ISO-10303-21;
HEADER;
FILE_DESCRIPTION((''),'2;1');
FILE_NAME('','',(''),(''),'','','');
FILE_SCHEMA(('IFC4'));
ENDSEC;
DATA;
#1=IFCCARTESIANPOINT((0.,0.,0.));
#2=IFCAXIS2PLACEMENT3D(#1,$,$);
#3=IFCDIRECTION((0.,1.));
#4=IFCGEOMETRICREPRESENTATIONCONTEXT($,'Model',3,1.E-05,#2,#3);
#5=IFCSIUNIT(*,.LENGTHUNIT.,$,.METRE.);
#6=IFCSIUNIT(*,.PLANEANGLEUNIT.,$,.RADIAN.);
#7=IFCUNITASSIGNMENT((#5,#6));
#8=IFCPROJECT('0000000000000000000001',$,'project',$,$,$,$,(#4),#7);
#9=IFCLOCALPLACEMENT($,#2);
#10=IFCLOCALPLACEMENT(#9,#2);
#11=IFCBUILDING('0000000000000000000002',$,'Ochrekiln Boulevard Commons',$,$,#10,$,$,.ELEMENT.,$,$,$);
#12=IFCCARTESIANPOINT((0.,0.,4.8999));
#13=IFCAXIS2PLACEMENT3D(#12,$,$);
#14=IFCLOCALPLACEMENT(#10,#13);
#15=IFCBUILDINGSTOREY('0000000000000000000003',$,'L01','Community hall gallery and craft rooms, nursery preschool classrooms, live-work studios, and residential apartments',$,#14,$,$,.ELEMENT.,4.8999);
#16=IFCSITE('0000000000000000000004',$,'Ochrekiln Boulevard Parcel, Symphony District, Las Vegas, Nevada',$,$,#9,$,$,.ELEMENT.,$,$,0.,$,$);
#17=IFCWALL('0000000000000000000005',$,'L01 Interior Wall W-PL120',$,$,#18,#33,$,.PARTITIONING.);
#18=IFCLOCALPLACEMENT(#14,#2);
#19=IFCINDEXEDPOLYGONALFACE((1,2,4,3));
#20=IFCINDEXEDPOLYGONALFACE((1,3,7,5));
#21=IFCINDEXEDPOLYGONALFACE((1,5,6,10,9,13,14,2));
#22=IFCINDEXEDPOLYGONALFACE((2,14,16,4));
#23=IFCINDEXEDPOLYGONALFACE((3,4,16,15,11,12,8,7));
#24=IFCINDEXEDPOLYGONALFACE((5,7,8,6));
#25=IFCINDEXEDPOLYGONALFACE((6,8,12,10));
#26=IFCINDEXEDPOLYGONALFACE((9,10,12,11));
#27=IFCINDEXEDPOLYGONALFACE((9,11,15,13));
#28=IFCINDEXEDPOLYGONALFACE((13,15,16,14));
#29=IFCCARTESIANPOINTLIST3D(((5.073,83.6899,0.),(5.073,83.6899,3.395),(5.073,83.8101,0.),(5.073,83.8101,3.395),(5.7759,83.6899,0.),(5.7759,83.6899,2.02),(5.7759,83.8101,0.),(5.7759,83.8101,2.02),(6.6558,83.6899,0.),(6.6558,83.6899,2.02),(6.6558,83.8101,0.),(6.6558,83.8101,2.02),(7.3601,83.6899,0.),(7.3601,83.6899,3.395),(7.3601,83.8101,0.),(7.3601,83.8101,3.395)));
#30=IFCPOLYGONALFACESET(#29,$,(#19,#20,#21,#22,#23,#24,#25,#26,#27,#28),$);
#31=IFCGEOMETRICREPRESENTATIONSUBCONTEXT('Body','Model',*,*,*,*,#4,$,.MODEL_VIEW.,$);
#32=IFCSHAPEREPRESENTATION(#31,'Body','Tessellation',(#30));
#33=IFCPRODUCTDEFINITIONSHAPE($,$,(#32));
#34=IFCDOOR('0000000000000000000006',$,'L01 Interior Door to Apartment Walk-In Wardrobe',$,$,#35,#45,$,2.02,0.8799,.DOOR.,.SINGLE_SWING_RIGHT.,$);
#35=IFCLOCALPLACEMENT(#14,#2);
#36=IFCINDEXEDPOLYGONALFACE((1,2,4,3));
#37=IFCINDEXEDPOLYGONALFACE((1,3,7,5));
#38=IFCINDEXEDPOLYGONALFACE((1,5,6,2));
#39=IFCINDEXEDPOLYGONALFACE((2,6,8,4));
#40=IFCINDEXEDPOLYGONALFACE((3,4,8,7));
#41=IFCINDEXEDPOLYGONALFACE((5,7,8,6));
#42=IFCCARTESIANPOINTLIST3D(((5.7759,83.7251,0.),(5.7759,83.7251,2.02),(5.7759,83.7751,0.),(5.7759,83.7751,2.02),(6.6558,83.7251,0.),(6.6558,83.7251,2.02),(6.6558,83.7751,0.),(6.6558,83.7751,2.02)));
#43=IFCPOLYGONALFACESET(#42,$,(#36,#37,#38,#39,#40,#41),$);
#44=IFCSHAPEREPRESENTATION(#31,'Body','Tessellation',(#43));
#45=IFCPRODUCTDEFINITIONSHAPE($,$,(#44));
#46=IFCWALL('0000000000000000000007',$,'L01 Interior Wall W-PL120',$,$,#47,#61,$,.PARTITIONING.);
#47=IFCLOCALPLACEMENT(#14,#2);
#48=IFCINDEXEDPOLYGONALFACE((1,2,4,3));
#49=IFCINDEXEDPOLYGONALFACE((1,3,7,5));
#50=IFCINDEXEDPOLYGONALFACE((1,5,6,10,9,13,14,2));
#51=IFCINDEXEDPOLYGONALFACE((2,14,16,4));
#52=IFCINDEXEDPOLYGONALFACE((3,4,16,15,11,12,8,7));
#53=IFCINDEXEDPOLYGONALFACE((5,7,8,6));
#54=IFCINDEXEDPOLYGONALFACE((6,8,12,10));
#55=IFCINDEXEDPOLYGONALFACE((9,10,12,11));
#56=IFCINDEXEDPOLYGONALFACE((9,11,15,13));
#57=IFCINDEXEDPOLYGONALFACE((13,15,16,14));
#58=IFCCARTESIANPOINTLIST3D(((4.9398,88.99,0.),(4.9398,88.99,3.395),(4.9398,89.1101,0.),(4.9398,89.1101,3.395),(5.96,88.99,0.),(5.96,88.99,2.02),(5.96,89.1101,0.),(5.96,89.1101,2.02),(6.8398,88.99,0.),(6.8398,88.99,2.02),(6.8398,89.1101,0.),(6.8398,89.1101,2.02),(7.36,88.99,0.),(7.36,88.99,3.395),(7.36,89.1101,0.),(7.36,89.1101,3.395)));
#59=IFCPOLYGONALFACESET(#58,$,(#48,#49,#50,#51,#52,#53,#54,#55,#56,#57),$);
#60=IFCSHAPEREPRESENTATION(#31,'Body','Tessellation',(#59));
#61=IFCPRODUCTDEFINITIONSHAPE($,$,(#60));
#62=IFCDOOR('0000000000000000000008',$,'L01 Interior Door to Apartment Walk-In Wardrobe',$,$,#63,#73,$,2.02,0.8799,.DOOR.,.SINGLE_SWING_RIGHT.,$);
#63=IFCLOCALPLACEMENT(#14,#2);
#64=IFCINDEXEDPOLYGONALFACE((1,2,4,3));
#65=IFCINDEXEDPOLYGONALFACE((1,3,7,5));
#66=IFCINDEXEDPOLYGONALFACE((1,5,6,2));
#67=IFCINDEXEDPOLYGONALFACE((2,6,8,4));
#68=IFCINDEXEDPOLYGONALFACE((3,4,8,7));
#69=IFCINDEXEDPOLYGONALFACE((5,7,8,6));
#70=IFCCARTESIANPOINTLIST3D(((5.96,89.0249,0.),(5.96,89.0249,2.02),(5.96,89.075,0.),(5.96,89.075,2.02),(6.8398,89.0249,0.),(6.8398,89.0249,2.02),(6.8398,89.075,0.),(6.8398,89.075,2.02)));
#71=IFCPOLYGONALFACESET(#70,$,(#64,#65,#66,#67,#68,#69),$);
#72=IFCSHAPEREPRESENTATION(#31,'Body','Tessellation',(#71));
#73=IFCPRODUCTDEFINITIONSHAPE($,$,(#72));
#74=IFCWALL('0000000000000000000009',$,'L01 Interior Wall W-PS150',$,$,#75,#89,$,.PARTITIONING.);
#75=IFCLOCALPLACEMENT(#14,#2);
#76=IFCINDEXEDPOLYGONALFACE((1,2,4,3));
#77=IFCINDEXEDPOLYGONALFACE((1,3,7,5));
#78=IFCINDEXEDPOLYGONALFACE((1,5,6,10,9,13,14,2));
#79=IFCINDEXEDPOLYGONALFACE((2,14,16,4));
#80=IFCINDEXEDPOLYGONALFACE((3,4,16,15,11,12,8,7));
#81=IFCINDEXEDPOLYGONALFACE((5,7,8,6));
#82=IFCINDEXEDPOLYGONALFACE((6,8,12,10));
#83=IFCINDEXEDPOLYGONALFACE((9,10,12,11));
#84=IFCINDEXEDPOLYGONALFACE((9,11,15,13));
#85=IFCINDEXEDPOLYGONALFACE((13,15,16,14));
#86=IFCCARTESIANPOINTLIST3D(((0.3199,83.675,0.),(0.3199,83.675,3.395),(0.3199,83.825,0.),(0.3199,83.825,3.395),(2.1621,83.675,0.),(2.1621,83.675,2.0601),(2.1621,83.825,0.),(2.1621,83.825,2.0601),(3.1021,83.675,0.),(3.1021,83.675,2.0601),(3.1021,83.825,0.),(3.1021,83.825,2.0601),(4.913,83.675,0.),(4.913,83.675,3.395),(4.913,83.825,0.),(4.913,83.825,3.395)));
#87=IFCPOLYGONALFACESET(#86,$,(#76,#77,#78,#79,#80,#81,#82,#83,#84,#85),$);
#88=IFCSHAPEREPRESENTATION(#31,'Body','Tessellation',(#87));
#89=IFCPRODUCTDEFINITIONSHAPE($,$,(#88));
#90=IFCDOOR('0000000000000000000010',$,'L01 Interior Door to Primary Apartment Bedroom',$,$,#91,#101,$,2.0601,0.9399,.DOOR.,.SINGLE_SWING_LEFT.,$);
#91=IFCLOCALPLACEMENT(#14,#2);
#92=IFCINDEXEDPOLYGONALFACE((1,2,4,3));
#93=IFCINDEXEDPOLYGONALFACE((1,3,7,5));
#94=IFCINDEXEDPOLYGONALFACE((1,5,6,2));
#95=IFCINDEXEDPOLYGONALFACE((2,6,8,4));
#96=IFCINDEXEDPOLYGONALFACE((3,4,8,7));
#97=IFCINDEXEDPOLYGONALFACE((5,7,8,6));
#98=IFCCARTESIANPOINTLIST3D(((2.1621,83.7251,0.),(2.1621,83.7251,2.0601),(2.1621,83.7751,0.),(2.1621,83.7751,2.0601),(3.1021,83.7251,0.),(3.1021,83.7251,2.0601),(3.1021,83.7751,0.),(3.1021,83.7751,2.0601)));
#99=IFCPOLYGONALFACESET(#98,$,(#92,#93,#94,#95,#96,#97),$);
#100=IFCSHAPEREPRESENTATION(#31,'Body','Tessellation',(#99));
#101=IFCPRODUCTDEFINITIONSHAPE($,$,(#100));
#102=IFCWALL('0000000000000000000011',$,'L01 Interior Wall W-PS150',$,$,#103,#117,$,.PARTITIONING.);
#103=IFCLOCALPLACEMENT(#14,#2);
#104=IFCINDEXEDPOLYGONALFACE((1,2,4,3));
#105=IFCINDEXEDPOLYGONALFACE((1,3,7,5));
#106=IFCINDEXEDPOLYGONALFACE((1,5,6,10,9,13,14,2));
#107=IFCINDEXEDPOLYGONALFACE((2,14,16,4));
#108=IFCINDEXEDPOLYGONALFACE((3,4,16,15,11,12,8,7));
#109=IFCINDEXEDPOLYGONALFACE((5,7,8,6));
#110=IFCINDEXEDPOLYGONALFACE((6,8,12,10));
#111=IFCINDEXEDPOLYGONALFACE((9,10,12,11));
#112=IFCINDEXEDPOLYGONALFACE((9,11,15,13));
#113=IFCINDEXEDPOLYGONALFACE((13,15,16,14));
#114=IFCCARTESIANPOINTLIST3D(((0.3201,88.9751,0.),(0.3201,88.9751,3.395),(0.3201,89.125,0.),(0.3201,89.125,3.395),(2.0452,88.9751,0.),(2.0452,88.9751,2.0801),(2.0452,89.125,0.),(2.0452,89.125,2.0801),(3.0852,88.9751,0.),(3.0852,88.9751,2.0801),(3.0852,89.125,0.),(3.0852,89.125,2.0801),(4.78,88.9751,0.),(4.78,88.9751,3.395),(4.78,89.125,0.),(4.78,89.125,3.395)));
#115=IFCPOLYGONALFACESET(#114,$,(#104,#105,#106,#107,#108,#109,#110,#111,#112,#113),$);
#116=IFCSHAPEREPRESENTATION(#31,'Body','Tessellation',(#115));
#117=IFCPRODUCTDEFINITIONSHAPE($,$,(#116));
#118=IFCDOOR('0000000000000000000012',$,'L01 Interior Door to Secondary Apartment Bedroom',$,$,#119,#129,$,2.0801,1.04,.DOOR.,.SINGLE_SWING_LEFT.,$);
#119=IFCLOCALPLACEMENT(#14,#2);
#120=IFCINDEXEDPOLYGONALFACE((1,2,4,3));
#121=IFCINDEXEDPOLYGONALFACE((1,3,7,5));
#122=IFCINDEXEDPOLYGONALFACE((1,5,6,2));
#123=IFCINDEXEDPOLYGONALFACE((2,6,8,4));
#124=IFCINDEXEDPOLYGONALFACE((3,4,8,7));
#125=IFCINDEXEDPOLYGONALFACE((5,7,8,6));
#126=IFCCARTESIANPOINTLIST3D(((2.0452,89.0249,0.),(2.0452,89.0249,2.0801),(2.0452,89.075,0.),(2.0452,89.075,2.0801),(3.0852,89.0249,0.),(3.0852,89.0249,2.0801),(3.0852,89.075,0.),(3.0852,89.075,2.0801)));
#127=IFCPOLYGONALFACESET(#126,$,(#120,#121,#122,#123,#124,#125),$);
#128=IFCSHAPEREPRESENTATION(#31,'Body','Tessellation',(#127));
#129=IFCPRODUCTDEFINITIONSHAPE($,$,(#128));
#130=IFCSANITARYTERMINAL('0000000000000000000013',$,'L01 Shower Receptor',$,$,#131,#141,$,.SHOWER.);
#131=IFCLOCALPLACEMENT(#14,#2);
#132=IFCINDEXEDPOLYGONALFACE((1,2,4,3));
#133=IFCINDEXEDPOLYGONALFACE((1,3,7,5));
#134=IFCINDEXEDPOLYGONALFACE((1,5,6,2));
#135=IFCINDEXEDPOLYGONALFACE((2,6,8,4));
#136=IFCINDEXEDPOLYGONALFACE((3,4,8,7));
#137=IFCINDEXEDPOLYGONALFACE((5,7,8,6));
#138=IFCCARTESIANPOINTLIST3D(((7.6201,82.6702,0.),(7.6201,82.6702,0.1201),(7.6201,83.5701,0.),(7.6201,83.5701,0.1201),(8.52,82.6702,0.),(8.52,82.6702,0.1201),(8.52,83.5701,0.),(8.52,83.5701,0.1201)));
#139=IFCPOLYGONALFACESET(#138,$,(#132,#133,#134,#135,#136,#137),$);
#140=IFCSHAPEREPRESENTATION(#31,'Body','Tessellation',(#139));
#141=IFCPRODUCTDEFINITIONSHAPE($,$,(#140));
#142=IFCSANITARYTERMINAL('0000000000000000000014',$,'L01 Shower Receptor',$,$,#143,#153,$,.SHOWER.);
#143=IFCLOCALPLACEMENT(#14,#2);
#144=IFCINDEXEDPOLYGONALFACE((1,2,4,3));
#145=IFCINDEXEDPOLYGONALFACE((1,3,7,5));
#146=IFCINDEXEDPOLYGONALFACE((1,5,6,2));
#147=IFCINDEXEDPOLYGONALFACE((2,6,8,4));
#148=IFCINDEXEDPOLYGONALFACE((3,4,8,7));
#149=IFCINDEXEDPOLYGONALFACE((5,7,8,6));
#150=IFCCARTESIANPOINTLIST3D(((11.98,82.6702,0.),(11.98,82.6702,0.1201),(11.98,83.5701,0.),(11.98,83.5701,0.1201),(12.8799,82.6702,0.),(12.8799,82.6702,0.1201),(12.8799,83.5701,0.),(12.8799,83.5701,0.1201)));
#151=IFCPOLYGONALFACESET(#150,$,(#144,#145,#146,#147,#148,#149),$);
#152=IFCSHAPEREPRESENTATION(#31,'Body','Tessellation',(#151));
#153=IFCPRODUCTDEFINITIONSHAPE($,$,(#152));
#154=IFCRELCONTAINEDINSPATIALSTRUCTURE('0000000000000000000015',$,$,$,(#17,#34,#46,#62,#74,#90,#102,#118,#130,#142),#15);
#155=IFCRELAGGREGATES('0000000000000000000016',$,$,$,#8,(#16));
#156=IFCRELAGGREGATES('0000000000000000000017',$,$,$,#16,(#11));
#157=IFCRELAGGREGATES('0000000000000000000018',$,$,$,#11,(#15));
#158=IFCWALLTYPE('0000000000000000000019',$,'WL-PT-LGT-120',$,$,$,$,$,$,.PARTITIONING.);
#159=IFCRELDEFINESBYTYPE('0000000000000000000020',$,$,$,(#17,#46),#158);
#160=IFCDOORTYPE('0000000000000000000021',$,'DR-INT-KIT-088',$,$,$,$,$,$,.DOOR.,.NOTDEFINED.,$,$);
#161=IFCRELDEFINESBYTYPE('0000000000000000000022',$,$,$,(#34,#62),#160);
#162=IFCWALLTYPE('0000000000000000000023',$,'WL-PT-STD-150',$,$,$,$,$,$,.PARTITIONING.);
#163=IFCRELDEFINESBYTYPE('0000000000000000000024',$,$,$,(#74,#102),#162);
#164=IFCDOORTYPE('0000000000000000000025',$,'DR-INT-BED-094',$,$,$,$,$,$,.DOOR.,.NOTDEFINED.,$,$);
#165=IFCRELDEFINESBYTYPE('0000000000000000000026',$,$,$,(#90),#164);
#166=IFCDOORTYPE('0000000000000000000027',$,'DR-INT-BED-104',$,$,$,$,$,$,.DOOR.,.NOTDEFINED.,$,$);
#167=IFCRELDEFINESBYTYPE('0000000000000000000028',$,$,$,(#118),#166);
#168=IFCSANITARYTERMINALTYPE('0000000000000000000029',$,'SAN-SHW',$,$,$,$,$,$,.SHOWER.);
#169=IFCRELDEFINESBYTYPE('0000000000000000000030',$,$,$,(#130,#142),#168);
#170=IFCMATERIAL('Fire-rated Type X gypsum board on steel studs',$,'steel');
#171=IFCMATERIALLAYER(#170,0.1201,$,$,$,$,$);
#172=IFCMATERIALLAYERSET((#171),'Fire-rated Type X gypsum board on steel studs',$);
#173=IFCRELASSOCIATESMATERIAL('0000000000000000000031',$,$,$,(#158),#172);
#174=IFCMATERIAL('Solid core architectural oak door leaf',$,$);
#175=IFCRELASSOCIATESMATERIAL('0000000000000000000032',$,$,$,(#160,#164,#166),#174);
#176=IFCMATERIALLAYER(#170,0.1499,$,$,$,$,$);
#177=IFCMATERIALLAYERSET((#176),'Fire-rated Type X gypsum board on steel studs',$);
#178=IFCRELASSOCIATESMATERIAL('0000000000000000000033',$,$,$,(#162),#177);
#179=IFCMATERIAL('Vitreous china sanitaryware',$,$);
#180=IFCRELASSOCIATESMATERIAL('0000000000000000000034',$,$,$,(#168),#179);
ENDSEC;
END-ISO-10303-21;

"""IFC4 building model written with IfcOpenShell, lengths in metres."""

from ifc_helpers import new_model, si_unit, direction, frame, frame_2d, origin, origin_2d, place, context, subcontext, project, spatial, rectangle, extrude, material, layer, layer_set, type_object, element, fill, save


model = new_model("IFC4")

# Units and contexts
model_context = context("Model", 3, precision=1e-05, world=origin(), true_north=direction((0.0, 1.0)))
body_context = subcontext(model_context, "Body", "Model", "MODEL_VIEW")
ifc_project = project(units=[si_unit("LENGTHUNIT", "METRE"), si_unit("PLANEANGLEUNIT", "RADIAN")], contexts=[model_context])

# Site, building, storey
site_placement = place(None, origin())
site = spatial("IfcSite", under=ifc_project, at=site_placement, Name="Ochrekiln Boulevard Parcel, Symphony District, Las Vegas, Nevada", CompositionType="ELEMENT", RefElevation=0.0)
building_placement = place(site_placement, origin())
building = spatial("IfcBuilding", under=site, at=building_placement, Name="Ochrekiln Boulevard Commons", CompositionType="ELEMENT")
storey_placement = place(building_placement, frame((0.0, 0.0, 4.8999)))
storey = spatial("IfcBuildingStorey", under=building, at=storey_placement, Name="L01", Description="Community hall gallery and craft rooms, nursery preschool classrooms, live-work studios, and residential apartments", CompositionType="ELEMENT", Elevation=4.8999)

# Walls, openings, doors
ifc_material_1 = material(Name="Solid core architectural oak door leaf")
ifc_material_2 = material(Name="Fire-rated Type X gypsum board on steel studs", Category="steel")
ifc_layer_1 = layer(ifc_material_2, 0.1201)
ifc_layer_set_1 = layer_set([ifc_layer_1], Name="Fire-rated Type X gypsum board on steel studs")
wall_type_1 = type_object("IfcWallType", Name="WL-PT-LGT-120", PredefinedType="PARTITIONING", material=ifc_layer_set_1)
wall_1_placement = place(storey_placement, frame((5.073, 83.75, 0.0), z_axis=(0.0, 0.0, 1.0), x_axis=(1.0, 0.0, 0.0)))
wall_1 = element("IfcWall", 1, at=wall_1_placement, inside=storey, type_object=wall_type_1, Name="L01 Interior Wall W-PL120", PredefinedType="PARTITIONING", context=body_context, shape_type="SweptSolid", body=[
    extrude(rectangle(XDim=2.2871, YDim=0.1201, at=frame_2d((1.1436, 0.0))), origin(), (0.0, 0.0, 1.0), 3.395),
])
opening_1_placement = place(wall_1_placement, frame((0.7029, 0.0, 0.0)))
opening_1 = element("IfcOpeningElement", 2, at=opening_1_placement, cuts=wall_1, PredefinedType="OPENING", context=body_context, shape_type="SweptSolid", body=[
    extrude(rectangle(XDim=0.8799, YDim=2.02, at=frame_2d((0.4399, 1.01))), frame((0.0, 0.0701, 0.0), z_axis=(0.0, -1.0, 0.0), x_axis=(1.0, 0.0, 0.0)), (0.0, 0.0, 1.0), 0.1401),
])
door_type_1 = type_object("IfcDoorType", Name="DR-INT-KIT-088", OperationType="NOTDEFINED", PredefinedType="DOOR", material=ifc_material_1)
door_1_placement = place(opening_1_placement, frame((0.8799, 0.0, 0.0), z_axis=(0.0, 0.0, 1.0), x_axis=(-1.0, 0.0, 0.0)))
door_1 = element("IfcDoor", 3, at=door_1_placement, inside=storey, type_object=door_type_1, Name="L01 Interior Door to Apartment Walk-In Wardrobe", OperationType="SINGLE_SWING_RIGHT", OverallHeight=2.02, OverallWidth=0.8799, PredefinedType="DOOR", context=body_context, shape_type="SweptSolid", body=[
    extrude(rectangle(XDim=0.8799, YDim=2.02, at=frame_2d((0.4399, 1.01))), frame((0.0, 0.0249, 0.0), z_axis=(0.0, -1.0, 0.0), x_axis=(1.0, 0.0, 0.0)), (0.0, 0.0, 1.0), 0.05),
])
fill(opening_1, door_1)
wall_2_placement = place(storey_placement, frame((4.9399, 89.05, 0.0), z_axis=(0.0, 0.0, 1.0), x_axis=(1.0, 0.0, 0.0)))
wall_2 = element("IfcWall", 4, at=wall_2_placement, inside=storey, type_object=wall_type_1, Name="L01 Interior Wall W-PL120", PredefinedType="PARTITIONING", context=body_context, shape_type="SweptSolid", body=[
    extrude(rectangle(XDim=2.4202, YDim=0.1201, at=frame_2d((1.21, 0.0))), origin(), (0.0, 0.0, 1.0), 3.395),
])
opening_2_placement = place(wall_2_placement, frame((1.02, 0.0, 0.0)))
opening_2 = element("IfcOpeningElement", 5, at=opening_2_placement, cuts=wall_2, PredefinedType="OPENING", context=body_context, shape_type="SweptSolid", body=[
    extrude(rectangle(XDim=0.8799, YDim=2.02, at=frame_2d((0.4399, 1.01))), frame((0.0, 0.0701, 0.0), z_axis=(0.0, -1.0, 0.0), x_axis=(1.0, 0.0, 0.0)), (0.0, 0.0, 1.0), 0.1401),
])
door_2_placement = place(opening_2_placement, origin())
door_2 = element("IfcDoor", 6, at=door_2_placement, inside=storey, type_object=door_type_1, Name="L01 Interior Door to Apartment Walk-In Wardrobe", OperationType="SINGLE_SWING_RIGHT", OverallHeight=2.02, OverallWidth=0.8799, PredefinedType="DOOR", context=body_context, shape_type="SweptSolid", body=[
    extrude(rectangle(XDim=0.8799, YDim=2.02, at=frame_2d((0.4399, 1.01))), frame((0.0, 0.0249, 0.0), z_axis=(0.0, -1.0, 0.0), x_axis=(1.0, 0.0, 0.0)), (0.0, 0.0, 1.0), 0.05),
])
fill(opening_2, door_2)
ifc_layer_2 = layer(ifc_material_2, 0.1499)
ifc_layer_set_2 = layer_set([ifc_layer_2], Name="Fire-rated Type X gypsum board on steel studs")
wall_type_2 = type_object("IfcWallType", Name="WL-PT-STD-150", PredefinedType="PARTITIONING", material=ifc_layer_set_2)
wall_3_placement = place(storey_placement, frame((0.3201, 83.75, 0.0), z_axis=(0.0, 0.0, 1.0), x_axis=(1.0, 0.0, 0.0)))
wall_3 = element("IfcWall", 7, at=wall_3_placement, inside=storey, type_object=wall_type_2, Name="L01 Interior Wall W-PS150", PredefinedType="PARTITIONING", context=body_context, shape_type="SweptSolid", body=[
    extrude(rectangle(XDim=4.593, YDim=0.1499, at=frame_2d((2.2964, 0.0))), origin(), (0.0, 0.0, 1.0), 3.395),
])
opening_3_placement = place(wall_3_placement, frame((1.842, 0.0, 0.0)))
opening_3 = element("IfcOpeningElement", 8, at=opening_3_placement, cuts=wall_3, PredefinedType="OPENING", context=body_context, shape_type="SweptSolid", body=[
    extrude(rectangle(XDim=0.9399, YDim=2.0601, at=frame_2d((0.47, 1.03))), frame((0.0, 0.085, 0.0), z_axis=(0.0, -1.0, 0.0), x_axis=(1.0, 0.0, 0.0)), (0.0, 0.0, 1.0), 0.1699),
])
door_type_2 = type_object("IfcDoorType", Name="DR-INT-BED-094", OperationType="NOTDEFINED", PredefinedType="DOOR", material=ifc_material_1)
door_3_placement = place(opening_3_placement, frame((0.9399, 0.0, 0.0), z_axis=(0.0, 0.0, 1.0), x_axis=(-1.0, 0.0, 0.0)))
door_3 = element("IfcDoor", 9, at=door_3_placement, inside=storey, type_object=door_type_2, Name="L01 Interior Door to Primary Apartment Bedroom", OperationType="SINGLE_SWING_LEFT", OverallHeight=2.0601, OverallWidth=0.9399, PredefinedType="DOOR", context=body_context, shape_type="SweptSolid", body=[
    extrude(rectangle(XDim=0.9399, YDim=2.0601, at=frame_2d((0.47, 1.03))), frame((0.0, 0.0249, 0.0), z_axis=(0.0, -1.0, 0.0), x_axis=(1.0, 0.0, 0.0)), (0.0, 0.0, 1.0), 0.05),
])
fill(opening_3, door_3)
wall_4_placement = place(storey_placement, frame((0.3201, 89.05, 0.0), z_axis=(0.0, 0.0, 1.0), x_axis=(1.0, 0.0, 0.0)))
wall_4 = element("IfcWall", 10, at=wall_4_placement, inside=storey, type_object=wall_type_2, Name="L01 Interior Wall W-PS150", PredefinedType="PARTITIONING", context=body_context, shape_type="SweptSolid", body=[
    extrude(rectangle(XDim=4.46, YDim=0.1499, at=frame_2d((2.23, 0.0))), origin(), (0.0, 0.0, 1.0), 3.395),
])
opening_4_placement = place(wall_4_placement, frame((1.7251, 0.0, 0.0)))
opening_4 = element("IfcOpeningElement", 11, at=opening_4_placement, cuts=wall_4, PredefinedType="OPENING", context=body_context, shape_type="SweptSolid", body=[
    extrude(rectangle(XDim=1.04, YDim=2.0801, at=frame_2d((0.52, 1.04))), frame((0.0, 0.085, 0.0), z_axis=(0.0, -1.0, 0.0), x_axis=(1.0, 0.0, 0.0)), (0.0, 0.0, 1.0), 0.1699),
])
door_type_3 = type_object("IfcDoorType", Name="DR-INT-BED-104", OperationType="NOTDEFINED", PredefinedType="DOOR", material=ifc_material_1)
door_4_placement = place(opening_4_placement, origin())
door_4 = element("IfcDoor", 12, at=door_4_placement, inside=storey, type_object=door_type_3, Name="L01 Interior Door to Secondary Apartment Bedroom", OperationType="SINGLE_SWING_LEFT", OverallHeight=2.0801, OverallWidth=1.04, PredefinedType="DOOR", context=body_context, shape_type="SweptSolid", body=[
    extrude(rectangle(XDim=1.04, YDim=2.0801, at=frame_2d((0.52, 1.04))), frame((0.0, 0.0249, 0.0), z_axis=(0.0, -1.0, 0.0), x_axis=(1.0, 0.0, 0.0)), (0.0, 0.0, 1.0), 0.05),
])
fill(opening_4, door_4)

# Sanitary terminals
ifc_material_3 = material(Name="Vitreous china sanitaryware")
sanitary_terminal_type = type_object("IfcSanitaryTerminalType", Name="SAN-SHW", PredefinedType="SHOWER", material=ifc_material_3)
for number, where, z_axis, x_axis, name in (
    (13, (8.0701, 83.1201, 0.0), (0.0, 0.0, 1.0), (1.0, 0.0, 0.0), "L01 Shower Receptor"),
    (14, (12.4299, 83.1201, 0.0), (0.0, 0.0, 1.0), (1.0, 0.0, 0.0), "L01 Shower Receptor"),
):
    element("IfcSanitaryTerminal", number, at=place(storey_placement, frame(where, z_axis=z_axis, x_axis=x_axis)), inside=storey, type_object=sanitary_terminal_type, Name=name, PredefinedType="SHOWER", context=body_context, shape_type="SweptSolid", body=[
        extrude(rectangle(XDim=0.8999, YDim=0.8999, at=origin_2d()), origin(), (0.0, 0.0, 1.0), 0.1201),
    ])

save(model, "model.ifc")
